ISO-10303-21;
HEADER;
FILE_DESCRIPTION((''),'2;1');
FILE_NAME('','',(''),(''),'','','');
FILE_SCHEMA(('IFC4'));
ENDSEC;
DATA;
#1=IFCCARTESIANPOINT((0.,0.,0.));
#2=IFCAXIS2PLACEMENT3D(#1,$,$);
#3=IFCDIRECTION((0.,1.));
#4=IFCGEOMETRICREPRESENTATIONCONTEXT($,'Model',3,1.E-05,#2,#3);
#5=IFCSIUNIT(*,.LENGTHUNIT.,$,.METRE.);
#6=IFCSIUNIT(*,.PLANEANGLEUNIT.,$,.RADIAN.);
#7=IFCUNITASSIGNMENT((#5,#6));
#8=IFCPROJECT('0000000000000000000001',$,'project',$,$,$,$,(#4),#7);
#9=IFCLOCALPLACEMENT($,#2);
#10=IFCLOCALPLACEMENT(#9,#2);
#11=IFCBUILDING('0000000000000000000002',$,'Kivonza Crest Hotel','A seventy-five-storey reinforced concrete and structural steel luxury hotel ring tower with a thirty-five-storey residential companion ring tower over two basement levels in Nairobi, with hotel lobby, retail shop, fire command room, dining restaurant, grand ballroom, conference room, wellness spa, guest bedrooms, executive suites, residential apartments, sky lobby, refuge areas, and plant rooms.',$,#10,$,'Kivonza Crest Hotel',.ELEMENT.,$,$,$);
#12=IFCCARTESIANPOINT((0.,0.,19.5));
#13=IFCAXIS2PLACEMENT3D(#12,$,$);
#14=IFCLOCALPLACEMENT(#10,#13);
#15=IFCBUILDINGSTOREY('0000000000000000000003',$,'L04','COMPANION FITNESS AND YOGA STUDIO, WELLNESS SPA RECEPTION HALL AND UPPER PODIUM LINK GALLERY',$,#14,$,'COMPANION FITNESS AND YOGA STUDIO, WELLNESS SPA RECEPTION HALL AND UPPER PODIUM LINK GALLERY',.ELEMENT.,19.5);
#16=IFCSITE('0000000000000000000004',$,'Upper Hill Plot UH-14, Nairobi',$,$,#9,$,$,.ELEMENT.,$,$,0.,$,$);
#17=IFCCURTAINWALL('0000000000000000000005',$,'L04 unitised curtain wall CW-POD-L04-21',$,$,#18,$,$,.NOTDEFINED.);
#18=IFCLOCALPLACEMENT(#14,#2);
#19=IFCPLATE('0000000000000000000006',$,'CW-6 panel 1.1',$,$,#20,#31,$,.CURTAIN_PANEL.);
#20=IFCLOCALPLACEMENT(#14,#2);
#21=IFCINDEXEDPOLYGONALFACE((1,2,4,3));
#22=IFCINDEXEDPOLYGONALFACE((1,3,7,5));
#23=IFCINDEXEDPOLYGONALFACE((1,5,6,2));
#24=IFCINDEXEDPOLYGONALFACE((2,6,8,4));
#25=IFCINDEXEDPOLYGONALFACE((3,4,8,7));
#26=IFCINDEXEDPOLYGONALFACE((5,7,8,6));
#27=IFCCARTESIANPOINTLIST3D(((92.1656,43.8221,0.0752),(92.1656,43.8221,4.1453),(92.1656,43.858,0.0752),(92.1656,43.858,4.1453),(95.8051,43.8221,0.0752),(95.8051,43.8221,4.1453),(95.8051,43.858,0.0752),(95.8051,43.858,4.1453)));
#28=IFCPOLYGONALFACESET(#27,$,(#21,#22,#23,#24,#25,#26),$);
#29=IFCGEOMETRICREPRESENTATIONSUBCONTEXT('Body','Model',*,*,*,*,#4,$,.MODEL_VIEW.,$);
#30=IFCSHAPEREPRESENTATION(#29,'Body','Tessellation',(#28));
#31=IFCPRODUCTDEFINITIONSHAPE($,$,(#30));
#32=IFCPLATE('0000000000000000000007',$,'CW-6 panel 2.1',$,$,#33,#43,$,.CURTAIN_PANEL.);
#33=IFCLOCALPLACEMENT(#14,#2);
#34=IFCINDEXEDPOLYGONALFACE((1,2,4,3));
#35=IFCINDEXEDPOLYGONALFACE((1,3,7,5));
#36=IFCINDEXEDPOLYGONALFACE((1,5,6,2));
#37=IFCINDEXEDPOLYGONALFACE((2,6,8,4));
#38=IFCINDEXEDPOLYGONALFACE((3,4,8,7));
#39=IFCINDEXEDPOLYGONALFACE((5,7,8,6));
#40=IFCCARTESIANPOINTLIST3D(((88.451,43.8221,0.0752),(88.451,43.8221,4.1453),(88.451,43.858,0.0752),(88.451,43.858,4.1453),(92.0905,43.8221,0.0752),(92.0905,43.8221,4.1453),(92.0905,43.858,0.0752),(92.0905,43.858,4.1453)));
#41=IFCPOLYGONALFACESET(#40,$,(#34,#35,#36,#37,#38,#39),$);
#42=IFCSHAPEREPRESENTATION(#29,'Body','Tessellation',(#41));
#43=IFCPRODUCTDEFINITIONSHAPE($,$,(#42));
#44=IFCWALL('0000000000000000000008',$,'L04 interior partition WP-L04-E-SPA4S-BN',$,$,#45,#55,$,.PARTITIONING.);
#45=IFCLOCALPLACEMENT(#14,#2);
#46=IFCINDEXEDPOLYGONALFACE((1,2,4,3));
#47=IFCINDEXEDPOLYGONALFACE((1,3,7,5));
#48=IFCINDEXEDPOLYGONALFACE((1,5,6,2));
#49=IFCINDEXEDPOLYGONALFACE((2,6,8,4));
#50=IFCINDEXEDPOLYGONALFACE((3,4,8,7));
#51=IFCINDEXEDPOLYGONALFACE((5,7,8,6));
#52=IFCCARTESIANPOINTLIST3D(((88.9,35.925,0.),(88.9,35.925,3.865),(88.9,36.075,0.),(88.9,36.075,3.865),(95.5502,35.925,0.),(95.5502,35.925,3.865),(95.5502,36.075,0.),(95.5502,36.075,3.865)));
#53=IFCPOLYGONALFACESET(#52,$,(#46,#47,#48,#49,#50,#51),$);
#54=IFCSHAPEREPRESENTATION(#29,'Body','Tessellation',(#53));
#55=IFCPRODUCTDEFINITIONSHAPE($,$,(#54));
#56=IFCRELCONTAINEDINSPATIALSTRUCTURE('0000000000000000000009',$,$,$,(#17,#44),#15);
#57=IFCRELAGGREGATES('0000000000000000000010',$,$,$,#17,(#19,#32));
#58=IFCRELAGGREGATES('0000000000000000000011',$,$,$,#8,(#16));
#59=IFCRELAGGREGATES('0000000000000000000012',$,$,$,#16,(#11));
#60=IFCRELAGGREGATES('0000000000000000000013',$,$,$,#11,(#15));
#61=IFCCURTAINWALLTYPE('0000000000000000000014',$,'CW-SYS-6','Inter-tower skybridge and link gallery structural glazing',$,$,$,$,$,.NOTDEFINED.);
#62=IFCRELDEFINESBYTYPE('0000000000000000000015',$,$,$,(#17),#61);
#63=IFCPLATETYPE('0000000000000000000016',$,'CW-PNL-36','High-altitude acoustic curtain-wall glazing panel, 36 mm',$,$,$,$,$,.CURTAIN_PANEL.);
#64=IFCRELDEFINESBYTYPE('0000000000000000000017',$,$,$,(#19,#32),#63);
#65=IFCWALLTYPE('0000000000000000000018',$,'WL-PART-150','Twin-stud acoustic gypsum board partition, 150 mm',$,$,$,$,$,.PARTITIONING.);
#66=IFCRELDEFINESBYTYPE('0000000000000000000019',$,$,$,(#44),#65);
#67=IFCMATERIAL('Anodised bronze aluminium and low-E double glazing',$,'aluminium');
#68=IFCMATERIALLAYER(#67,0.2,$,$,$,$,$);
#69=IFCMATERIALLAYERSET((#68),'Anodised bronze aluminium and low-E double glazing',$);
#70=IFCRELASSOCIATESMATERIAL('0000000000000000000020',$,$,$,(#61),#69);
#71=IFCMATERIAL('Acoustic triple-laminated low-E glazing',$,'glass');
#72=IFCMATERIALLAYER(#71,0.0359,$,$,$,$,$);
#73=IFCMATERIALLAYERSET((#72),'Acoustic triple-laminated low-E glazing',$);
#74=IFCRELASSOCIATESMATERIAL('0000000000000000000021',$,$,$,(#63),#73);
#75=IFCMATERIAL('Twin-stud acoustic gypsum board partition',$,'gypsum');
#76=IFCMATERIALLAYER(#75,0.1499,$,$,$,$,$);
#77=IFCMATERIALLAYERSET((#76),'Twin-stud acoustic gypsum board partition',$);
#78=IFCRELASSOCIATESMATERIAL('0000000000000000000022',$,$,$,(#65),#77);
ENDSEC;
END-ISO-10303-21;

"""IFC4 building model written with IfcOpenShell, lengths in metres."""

from ifc_helpers import new_model, si_unit, direction, frame, frame_2d, origin, origin_2d, place, context, subcontext, project, spatial, rectangle, extrude, material, layer, layer_set, type_object, element, aggregate, save


model = new_model("IFC4")

# Units and contexts
model_context = context("Model", 3, precision=1e-05, world=origin(), true_north=direction((0.0, 1.0)))
body_context = subcontext(model_context, "Body", "Model", "MODEL_VIEW")
ifc_project = project(units=[si_unit("LENGTHUNIT", "METRE"), si_unit("PLANEANGLEUNIT", "RADIAN")], contexts=[model_context])

# Site, building, storey
site_placement = place(None, origin())
site = spatial("IfcSite", under=ifc_project, at=site_placement, Name="Upper Hill Plot UH-14, Nairobi", CompositionType="ELEMENT", RefElevation=0.0)
building_placement = place(site_placement, origin())
building = spatial("IfcBuilding", under=site, at=building_placement, Name="Kivonza Crest Hotel", Description="A seventy-five-storey reinforced concrete and structural steel luxury hotel ring tower with a thirty-five-storey residential companion ring tower over two basement levels in Nairobi, with hotel lobby, retail shop, fire command room, dining restaurant, grand ballroom, conference room, wellness spa, guest bedrooms, executive suites, residential apartments, sky lobby, refuge areas, and plant rooms.", LongName="Kivonza Crest Hotel", CompositionType="ELEMENT")
storey_placement = place(building_placement, frame((0.0, 0.0, 19.5)))
storey = spatial("IfcBuildingStorey", under=building, at=storey_placement, Name="L04", Description="COMPANION FITNESS AND YOGA STUDIO, WELLNESS SPA RECEPTION HALL AND UPPER PODIUM LINK GALLERY", LongName="COMPANION FITNESS AND YOGA STUDIO, WELLNESS SPA RECEPTION HALL AND UPPER PODIUM LINK GALLERY", CompositionType="ELEMENT", Elevation=19.5)

# Curtain wall
ifc_material_1 = material(Name="Anodised bronze aluminium and low-E double glazing", Category="aluminium")
ifc_layer_1 = layer(ifc_material_1, 0.2)
ifc_layer_set_1 = layer_set([ifc_layer_1], Name="Anodised bronze aluminium and low-E double glazing")
curtain_wall_type = type_object("IfcCurtainWallType", Name="CW-SYS-6", Description="Inter-tower skybridge and link gallery structural glazing", PredefinedType="NOTDEFINED", material=ifc_layer_set_1)
curtain_wall_1_placement = place(storey_placement, origin())
curtain_wall_1 = element("IfcCurtainWall", 1, at=curtain_wall_1_placement, inside=storey, type_object=curtain_wall_type, Name="L04 unitised curtain wall CW-POD-L04-21", PredefinedType="NOTDEFINED")

# Plates
ifc_material_2 = material(Name="Acoustic triple-laminated low-E glazing", Category="glass")
ifc_layer_2 = layer(ifc_material_2, 0.0359)
ifc_layer_set_2 = layer_set([ifc_layer_2], Name="Acoustic triple-laminated low-E glazing")
plate_type = type_object("IfcPlateType", Name="CW-PNL-36", Description="High-altitude acoustic curtain-wall glazing panel, 36 mm", PredefinedType="CURTAIN_PANEL", material=ifc_layer_set_2)
plate_1_placement = place(storey_placement, frame((93.9854, 43.8401, 0.0752), z_axis=(0.0, 0.0, 1.0), x_axis=(-1.0, 0.0, 0.0)))
plate_1 = element("IfcPlate", 2, at=plate_1_placement, type_object=plate_type, Name="CW-6 panel 1.1", PredefinedType="CURTAIN_PANEL", context=body_context, shape_type="SweptSolid", body=[
    extrude(rectangle(XDim=3.6394, YDim=0.0359, at=origin_2d()), origin(), (0.0, 0.0, 1.0), 4.0701),
])
plate_2_placement = place(storey_placement, frame((90.2708, 43.8401, 0.0752), z_axis=(0.0, 0.0, 1.0), x_axis=(-1.0, 0.0, 0.0)))
plate_2 = element("IfcPlate", 3, at=plate_2_placement, type_object=plate_type, Name="CW-6 panel 2.1", PredefinedType="CURTAIN_PANEL", context=body_context, shape_type="SweptSolid", body=[
    extrude(rectangle(XDim=3.6394, YDim=0.0359, at=origin_2d()), origin(), (0.0, 0.0, 1.0), 4.0701),
])
aggregate(curtain_wall_1, [plate_1, plate_2])

# Wall
ifc_material_3 = material(Name="Twin-stud acoustic gypsum board partition", Category="gypsum")
ifc_layer_3 = layer(ifc_material_3, 0.1499)
ifc_layer_set_3 = layer_set([ifc_layer_3], Name="Twin-stud acoustic gypsum board partition")
wall_type = type_object("IfcWallType", Name="WL-PART-150", Description="Twin-stud acoustic gypsum board partition, 150 mm", PredefinedType="PARTITIONING", material=ifc_layer_set_3)
wall_placement = place(storey_placement, frame((88.8999, 36.0, 0.0), z_axis=(0.0, 0.0, 1.0), x_axis=(1.0, 0.0, 0.0)))
element("IfcWall", 4, at=wall_placement, inside=storey, type_object=wall_type, Name="L04 interior partition WP-L04-E-SPA4S-BN", PredefinedType="PARTITIONING", context=body_context, shape_type="SweptSolid", body=[
    extrude(rectangle(XDim=6.6501, YDim=0.1499, at=frame_2d((3.3252, 0.0))), origin(), (0.0, 0.0, 1.0), 3.865),
])

save(model, "model.ifc")
